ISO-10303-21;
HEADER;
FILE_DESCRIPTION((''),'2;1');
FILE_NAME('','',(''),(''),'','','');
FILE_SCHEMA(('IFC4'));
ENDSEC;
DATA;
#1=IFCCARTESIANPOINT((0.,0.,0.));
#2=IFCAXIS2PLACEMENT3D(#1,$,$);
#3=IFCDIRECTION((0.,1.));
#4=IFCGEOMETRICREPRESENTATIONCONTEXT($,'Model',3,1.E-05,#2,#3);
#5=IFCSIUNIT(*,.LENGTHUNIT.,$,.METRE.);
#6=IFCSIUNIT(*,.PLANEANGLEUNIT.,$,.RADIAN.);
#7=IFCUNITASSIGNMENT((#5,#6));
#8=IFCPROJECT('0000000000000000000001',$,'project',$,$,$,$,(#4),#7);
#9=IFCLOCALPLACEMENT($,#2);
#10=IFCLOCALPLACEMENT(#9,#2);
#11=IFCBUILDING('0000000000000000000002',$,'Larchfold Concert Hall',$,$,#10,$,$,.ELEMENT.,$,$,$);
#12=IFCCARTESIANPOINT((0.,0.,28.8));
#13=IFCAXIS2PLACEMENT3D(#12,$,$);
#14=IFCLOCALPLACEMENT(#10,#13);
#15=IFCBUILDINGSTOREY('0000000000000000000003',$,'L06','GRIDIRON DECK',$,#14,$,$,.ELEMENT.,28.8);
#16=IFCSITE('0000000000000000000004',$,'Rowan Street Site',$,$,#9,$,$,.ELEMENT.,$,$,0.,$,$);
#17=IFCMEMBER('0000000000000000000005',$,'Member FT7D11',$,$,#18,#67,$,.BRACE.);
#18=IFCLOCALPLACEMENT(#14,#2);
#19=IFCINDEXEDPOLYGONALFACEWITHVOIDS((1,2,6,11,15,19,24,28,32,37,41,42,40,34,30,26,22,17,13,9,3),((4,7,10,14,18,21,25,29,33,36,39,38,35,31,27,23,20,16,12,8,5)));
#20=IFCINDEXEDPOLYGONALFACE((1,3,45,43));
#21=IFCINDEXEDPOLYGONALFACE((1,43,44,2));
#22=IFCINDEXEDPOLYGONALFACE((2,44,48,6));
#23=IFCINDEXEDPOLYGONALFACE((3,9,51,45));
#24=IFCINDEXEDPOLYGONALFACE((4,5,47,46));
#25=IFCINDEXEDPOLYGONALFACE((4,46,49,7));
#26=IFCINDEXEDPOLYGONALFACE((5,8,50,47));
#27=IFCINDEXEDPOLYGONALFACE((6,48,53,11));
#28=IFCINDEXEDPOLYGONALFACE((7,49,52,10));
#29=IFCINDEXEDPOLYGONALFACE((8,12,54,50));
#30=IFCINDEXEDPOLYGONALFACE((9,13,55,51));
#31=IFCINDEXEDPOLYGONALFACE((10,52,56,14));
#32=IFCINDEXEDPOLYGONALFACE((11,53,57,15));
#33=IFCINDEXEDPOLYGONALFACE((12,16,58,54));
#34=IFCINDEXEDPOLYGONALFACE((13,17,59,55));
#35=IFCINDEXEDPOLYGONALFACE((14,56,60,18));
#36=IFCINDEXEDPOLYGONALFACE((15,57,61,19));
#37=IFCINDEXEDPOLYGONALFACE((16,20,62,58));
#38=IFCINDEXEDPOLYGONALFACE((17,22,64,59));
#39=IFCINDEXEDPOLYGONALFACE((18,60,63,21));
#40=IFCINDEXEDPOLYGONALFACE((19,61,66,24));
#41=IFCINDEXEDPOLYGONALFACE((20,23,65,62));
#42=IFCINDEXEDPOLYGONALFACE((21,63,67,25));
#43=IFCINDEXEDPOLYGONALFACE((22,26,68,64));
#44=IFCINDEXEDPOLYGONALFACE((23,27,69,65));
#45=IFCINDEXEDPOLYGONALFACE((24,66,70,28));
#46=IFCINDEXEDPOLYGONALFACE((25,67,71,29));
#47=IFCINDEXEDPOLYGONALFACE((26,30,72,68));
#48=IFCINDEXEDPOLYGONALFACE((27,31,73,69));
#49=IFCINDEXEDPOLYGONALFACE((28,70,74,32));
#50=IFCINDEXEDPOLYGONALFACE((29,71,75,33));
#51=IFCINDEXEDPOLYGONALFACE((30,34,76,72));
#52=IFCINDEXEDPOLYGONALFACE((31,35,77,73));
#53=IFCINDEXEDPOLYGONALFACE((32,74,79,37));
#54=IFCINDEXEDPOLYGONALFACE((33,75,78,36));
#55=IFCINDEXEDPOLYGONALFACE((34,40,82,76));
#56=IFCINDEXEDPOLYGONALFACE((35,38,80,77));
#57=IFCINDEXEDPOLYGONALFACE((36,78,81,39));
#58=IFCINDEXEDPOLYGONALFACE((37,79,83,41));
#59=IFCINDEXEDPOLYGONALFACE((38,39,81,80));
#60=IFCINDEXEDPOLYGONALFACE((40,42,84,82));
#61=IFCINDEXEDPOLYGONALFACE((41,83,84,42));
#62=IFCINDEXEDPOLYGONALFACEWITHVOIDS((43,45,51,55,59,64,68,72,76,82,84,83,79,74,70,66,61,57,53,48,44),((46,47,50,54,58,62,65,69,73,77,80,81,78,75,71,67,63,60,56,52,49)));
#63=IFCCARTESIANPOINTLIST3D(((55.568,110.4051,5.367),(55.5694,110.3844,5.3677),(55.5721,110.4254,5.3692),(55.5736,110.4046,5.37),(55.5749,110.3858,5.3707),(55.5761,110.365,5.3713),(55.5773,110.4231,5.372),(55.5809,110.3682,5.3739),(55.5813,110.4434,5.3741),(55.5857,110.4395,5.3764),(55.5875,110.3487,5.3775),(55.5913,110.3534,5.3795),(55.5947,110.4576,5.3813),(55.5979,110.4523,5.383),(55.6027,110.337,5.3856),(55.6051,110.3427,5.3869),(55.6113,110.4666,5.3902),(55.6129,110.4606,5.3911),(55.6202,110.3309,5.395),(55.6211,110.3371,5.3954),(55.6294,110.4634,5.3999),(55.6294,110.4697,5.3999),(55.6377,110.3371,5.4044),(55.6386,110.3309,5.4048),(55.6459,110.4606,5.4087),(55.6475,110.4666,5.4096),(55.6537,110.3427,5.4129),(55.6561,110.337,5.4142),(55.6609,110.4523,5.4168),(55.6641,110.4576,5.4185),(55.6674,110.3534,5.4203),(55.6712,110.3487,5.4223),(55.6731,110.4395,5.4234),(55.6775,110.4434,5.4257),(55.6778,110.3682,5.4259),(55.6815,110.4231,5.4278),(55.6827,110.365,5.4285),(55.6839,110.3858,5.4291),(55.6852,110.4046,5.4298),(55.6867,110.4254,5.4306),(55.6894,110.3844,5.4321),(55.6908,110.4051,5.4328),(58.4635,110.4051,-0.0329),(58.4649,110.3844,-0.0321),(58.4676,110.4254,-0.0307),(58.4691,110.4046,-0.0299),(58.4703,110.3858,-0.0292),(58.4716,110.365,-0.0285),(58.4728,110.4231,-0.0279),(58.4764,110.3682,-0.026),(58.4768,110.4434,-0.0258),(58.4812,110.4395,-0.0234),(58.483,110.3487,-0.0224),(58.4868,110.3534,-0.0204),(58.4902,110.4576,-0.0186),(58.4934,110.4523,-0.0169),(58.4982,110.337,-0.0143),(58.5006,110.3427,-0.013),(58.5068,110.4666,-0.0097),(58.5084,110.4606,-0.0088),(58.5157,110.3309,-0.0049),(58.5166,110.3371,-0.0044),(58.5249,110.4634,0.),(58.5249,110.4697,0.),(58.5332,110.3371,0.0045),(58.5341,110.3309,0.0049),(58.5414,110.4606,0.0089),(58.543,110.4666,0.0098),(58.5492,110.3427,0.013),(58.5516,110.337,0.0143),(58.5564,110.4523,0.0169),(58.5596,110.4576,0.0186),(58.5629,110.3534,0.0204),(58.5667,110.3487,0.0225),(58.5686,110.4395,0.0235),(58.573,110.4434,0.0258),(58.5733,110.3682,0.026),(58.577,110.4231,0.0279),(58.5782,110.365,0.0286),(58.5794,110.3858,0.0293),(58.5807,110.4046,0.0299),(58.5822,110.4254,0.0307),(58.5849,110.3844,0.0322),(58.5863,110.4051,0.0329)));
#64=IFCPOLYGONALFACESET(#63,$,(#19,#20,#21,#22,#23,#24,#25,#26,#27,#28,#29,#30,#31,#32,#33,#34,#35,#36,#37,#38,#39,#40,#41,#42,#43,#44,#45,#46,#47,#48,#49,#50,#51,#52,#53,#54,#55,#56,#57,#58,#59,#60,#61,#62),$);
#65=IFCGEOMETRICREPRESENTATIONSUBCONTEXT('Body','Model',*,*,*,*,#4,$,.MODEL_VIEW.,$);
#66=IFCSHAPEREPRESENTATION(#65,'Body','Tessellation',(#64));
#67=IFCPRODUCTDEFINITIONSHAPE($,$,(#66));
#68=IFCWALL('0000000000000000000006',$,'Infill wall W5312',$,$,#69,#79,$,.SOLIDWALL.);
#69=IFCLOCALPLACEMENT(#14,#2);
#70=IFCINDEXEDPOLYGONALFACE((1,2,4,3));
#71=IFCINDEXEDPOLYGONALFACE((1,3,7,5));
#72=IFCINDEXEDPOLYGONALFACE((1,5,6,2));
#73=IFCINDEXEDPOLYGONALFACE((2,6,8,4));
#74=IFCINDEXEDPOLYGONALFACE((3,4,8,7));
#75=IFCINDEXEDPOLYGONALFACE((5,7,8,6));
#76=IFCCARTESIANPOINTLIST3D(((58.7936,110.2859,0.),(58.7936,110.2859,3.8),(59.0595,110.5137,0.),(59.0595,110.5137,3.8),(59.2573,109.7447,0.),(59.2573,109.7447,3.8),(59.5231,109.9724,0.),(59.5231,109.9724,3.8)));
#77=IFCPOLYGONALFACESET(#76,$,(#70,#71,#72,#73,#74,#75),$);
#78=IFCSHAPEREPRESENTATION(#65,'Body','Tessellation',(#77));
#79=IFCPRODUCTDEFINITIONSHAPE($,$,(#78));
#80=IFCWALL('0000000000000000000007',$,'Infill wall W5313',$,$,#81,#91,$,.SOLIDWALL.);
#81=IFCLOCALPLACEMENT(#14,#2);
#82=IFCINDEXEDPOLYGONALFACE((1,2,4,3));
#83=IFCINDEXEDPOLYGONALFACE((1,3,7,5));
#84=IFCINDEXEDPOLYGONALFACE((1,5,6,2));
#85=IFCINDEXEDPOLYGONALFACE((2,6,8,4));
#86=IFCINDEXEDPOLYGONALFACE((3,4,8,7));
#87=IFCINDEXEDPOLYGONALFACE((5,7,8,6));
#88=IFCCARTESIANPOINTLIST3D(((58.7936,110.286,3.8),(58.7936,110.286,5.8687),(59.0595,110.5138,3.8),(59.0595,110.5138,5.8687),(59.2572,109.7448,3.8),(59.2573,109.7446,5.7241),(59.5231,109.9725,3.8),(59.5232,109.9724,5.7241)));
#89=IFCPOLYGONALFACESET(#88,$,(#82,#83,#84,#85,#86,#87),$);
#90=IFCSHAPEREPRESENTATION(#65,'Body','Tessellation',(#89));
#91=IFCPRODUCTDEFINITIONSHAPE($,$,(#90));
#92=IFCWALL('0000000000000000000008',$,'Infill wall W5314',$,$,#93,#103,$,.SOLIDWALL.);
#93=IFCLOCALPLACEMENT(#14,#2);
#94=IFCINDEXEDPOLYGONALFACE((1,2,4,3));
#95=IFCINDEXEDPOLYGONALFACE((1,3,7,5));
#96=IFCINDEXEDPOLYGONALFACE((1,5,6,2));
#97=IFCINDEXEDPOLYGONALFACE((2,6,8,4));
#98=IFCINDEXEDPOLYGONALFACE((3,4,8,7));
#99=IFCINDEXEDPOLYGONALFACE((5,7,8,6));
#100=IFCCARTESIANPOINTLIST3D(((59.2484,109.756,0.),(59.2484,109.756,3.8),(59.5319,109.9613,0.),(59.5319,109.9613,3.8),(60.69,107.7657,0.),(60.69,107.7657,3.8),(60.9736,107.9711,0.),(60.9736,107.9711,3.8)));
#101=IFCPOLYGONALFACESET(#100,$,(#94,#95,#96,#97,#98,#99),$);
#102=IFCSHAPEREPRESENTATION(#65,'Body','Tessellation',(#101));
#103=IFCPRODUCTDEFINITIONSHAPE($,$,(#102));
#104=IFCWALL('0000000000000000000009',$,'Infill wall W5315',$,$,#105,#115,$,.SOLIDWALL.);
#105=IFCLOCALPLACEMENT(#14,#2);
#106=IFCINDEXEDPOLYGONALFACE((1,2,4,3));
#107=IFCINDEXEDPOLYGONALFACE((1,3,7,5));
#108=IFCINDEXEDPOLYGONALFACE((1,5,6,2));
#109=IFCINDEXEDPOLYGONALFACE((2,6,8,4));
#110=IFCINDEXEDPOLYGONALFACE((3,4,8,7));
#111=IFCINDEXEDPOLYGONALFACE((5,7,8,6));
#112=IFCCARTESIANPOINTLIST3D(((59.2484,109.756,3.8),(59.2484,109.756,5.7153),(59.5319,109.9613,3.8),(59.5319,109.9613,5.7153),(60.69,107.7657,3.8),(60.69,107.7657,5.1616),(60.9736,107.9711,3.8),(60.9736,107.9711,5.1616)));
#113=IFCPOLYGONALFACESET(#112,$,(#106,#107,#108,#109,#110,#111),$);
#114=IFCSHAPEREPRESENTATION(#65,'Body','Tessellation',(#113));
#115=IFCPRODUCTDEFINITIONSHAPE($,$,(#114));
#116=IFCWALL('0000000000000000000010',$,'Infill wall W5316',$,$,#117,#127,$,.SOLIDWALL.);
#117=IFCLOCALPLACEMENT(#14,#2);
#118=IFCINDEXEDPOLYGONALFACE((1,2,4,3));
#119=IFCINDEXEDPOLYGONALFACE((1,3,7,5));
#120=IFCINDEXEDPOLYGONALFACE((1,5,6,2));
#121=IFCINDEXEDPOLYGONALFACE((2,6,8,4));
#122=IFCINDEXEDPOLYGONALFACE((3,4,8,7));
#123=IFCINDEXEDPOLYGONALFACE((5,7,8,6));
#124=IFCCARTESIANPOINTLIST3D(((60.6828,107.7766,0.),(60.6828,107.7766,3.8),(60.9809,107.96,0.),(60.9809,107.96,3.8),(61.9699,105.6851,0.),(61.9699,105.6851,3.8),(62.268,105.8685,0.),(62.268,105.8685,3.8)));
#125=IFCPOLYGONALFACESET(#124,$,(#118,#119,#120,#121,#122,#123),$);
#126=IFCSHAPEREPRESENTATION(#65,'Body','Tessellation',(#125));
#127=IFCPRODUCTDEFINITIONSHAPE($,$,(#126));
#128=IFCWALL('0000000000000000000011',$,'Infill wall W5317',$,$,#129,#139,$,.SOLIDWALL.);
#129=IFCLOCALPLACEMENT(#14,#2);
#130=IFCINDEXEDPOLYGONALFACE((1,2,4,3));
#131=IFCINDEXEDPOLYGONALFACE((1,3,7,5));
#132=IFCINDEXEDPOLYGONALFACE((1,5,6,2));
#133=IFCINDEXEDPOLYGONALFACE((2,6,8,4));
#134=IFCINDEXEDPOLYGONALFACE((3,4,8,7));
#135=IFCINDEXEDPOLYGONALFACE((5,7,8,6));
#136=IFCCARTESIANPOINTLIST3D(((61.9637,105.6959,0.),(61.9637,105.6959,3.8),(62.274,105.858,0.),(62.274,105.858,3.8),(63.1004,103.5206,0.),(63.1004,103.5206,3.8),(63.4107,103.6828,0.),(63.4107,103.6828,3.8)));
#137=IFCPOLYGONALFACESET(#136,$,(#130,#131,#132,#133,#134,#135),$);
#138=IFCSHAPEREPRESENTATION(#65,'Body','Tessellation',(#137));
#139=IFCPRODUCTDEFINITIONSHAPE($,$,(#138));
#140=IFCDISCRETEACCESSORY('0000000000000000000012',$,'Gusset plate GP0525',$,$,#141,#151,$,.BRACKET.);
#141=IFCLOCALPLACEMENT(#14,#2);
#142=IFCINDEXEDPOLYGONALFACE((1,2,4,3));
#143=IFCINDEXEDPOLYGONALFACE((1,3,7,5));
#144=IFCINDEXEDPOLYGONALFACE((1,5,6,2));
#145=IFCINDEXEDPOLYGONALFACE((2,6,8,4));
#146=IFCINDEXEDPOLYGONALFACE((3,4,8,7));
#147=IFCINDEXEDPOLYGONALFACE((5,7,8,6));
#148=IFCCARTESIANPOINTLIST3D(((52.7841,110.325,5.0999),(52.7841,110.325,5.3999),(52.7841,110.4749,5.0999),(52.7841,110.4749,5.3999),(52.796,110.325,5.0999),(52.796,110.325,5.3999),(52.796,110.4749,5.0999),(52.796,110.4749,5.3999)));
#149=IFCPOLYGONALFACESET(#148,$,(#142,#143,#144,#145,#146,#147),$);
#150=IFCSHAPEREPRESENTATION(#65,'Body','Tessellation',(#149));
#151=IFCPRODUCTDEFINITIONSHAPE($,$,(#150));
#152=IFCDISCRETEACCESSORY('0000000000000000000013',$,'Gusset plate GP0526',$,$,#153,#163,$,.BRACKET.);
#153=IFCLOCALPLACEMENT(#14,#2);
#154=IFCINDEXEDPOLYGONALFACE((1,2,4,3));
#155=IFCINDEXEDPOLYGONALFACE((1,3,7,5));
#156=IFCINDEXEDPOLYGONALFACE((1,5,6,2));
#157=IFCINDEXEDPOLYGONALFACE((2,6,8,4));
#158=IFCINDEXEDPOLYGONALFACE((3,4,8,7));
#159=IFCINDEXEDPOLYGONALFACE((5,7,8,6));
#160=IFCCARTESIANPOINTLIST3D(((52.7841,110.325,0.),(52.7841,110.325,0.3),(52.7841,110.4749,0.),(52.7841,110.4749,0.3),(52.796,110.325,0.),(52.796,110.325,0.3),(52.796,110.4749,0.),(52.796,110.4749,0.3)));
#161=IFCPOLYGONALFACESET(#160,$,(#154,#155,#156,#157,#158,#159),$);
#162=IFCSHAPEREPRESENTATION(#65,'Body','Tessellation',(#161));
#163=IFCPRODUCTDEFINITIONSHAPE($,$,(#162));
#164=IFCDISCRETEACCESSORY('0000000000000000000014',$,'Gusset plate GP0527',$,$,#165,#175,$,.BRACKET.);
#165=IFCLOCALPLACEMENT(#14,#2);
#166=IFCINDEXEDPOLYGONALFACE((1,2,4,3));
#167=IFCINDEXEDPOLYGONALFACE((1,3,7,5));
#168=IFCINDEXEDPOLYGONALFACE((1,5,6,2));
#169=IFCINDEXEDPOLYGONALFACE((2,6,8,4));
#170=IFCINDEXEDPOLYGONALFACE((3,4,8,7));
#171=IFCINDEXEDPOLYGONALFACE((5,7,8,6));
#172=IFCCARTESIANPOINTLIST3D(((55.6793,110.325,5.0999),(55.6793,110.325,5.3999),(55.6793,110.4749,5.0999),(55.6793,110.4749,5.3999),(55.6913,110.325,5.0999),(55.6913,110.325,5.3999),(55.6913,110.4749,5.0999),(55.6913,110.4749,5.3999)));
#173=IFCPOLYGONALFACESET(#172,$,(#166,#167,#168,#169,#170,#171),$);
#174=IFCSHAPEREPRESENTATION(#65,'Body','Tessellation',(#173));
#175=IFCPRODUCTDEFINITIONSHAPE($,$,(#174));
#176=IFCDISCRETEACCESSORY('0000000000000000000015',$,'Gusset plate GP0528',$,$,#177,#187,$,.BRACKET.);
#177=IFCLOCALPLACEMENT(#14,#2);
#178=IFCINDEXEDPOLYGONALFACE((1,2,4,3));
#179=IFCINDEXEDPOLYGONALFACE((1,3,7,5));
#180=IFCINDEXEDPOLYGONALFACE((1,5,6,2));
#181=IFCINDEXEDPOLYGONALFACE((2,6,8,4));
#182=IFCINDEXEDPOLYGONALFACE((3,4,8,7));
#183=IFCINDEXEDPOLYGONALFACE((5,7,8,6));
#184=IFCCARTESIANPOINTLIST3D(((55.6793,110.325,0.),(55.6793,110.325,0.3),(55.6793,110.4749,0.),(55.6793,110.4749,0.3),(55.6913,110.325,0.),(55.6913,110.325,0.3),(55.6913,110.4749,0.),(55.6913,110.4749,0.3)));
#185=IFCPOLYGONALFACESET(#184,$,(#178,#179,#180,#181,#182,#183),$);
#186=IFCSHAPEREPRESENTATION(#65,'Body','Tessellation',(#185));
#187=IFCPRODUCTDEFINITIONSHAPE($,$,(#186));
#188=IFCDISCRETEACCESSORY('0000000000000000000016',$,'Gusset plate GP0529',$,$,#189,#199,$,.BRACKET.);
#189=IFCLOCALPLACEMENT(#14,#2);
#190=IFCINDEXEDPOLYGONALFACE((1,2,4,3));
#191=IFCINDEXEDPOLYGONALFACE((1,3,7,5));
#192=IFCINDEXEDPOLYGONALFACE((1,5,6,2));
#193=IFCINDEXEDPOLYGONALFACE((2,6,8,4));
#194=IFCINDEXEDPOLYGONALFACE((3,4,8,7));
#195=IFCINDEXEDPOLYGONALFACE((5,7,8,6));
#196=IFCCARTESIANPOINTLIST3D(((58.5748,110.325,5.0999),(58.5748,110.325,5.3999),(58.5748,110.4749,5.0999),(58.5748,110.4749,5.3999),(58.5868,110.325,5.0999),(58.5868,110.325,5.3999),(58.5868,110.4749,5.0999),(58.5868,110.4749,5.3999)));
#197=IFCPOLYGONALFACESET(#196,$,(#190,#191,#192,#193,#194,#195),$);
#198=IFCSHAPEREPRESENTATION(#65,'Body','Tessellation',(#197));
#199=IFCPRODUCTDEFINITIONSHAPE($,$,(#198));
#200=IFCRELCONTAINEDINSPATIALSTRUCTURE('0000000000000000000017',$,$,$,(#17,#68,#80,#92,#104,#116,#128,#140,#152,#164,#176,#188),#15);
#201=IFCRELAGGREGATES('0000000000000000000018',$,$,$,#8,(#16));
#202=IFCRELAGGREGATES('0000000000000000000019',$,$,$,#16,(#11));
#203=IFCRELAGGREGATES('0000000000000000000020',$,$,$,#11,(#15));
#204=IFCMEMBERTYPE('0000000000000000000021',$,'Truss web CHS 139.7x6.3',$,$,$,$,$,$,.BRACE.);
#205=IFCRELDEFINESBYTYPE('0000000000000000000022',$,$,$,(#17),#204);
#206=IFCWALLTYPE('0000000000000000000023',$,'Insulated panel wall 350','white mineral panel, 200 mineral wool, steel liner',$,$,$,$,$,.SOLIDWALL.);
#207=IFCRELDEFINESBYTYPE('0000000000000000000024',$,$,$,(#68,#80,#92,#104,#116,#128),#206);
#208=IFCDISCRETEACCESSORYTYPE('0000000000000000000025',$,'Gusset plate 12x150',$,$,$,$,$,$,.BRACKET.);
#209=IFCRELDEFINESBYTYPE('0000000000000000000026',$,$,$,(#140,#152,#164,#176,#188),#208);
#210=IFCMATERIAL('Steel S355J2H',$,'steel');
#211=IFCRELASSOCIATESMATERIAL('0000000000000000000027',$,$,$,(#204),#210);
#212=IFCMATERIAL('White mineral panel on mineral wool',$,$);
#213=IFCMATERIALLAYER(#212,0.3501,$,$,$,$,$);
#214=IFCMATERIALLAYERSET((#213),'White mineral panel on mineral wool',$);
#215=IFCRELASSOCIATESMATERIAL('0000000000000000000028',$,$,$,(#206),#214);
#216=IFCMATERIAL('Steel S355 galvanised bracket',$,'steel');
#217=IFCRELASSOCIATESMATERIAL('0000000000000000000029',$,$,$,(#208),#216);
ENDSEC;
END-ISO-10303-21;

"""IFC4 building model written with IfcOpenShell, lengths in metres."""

from ifc_helpers import new_model, si_unit, direction, frame, frame_2d, origin, origin_2d, place, context, subcontext, project, spatial, polyline, rectangle, hollow_circle, outline, extrude, material, layer, layer_set, material_profile, profile_set, type_object, element, save


model = new_model("IFC4")

# Units and contexts
model_context = context("Model", 3, precision=1e-05, world=origin(), true_north=direction((0.0, 1.0)))
body_context = subcontext(model_context, "Body", "Model", "MODEL_VIEW")
ifc_project = project(units=[si_unit("LENGTHUNIT", "METRE"), si_unit("PLANEANGLEUNIT", "RADIAN")], contexts=[model_context])

# Site, building, storey
site_placement = place(None, origin())
site = spatial("IfcSite", under=ifc_project, at=site_placement, Name="Rowan Street Site", CompositionType="ELEMENT", RefElevation=0.0)
building_placement = place(site_placement, origin())
building = spatial("IfcBuilding", under=site, at=building_placement, Name="Larchfold Concert Hall", CompositionType="ELEMENT")
storey_placement = place(building_placement, frame((0.0, 0.0, 28.8)))
storey = spatial("IfcBuildingStorey", under=building, at=storey_placement, Name="L06", Description="GRIDIRON DECK", CompositionType="ELEMENT", Elevation=28.8)

# Member
ifc_material_1 = material(Name="Steel S355J2H", Category="steel")
ifc_material_profile_1 = material_profile(ifc_material_1, hollow_circle(Radius=0.0698, WallThickness=0.0063, at=origin_2d()))
ifc_profile_set_1 = profile_set([ifc_material_profile_1], Name="Steel S355J2H")
member_type_1 = type_object("IfcMemberType", Name="Truss web CHS 139.7x6.3", PredefinedType="BRACE", material=ifc_profile_set_1)
for number, where, z_axis, x_axis, name in (
    (1, (55.6294, 110.3999, 5.3999), (0.472564, 0.0, -0.881296), (0.0, 1.0, 0.0), "Member FT7D11"),
):
    element("IfcMember", number, at=place(storey_placement, frame(where, z_axis=z_axis, x_axis=x_axis)), inside=storey, type_object=member_type_1, Name=name, PredefinedType="BRACE", context=body_context, shape_type="SweptSolid", body=[
        extrude(hollow_circle(Radius=0.0698, WallThickness=0.0063, at=origin_2d()), origin(), (0.0, 0.0, 1.0), 6.1272),
    ])

# Walls
ifc_material_2 = material(Name="White mineral panel on mineral wool")
ifc_layer_1 = layer(ifc_material_2, 0.3501)
ifc_layer_set_1 = layer_set([ifc_layer_1], Name="White mineral panel on mineral wool")
wall_type = type_object("IfcWallType", Name="Insulated panel wall 350", Description="white mineral panel, 200 mineral wool, steel liner", PredefinedType="SOLIDWALL", material=ifc_layer_set_1)
wall_1_placement = place(storey_placement, frame((58.9265, 110.3999, 0.0), z_axis=(0.0, 0.0, 1.0), x_axis=(0.650537, -0.759474, 0.0)))
element("IfcWall", 2, at=wall_1_placement, inside=storey, type_object=wall_type, Name="Infill wall W5312", PredefinedType="SOLIDWALL", context=body_context, shape_type="SweptSolid", body=[
    extrude(rectangle(XDim=0.7126, YDim=0.3501, at=frame_2d((0.3564, 0.0))), origin(), (0.0, 0.0, 1.0), 3.8),
])
wall_2_placement = place(storey_placement, frame((58.9265, 110.3999, 3.8), z_axis=(0.0, 0.0, 1.0), x_axis=(0.650537, -0.759474, 0.0)))
element("IfcWall", 3, at=wall_2_placement, inside=storey, type_object=wall_type, Name="Infill wall W5313", PredefinedType="SOLIDWALL", context=body_context, shape_type="SweptSolid", body=[
    extrude(outline(polyline([(0.0, 0.0), (0.7126, 0.0), (0.7129, 1.9241), (0.0, 2.0686), (0.0, 0.0)])), frame((0.0, 0.175, 0.0), z_axis=(0.0, -1.0, 0.0), x_axis=(1.0, 0.0, 0.0)), (0.0, 0.0, 1.0), 0.3501),
])
wall_3_placement = place(storey_placement, frame((59.3901, 109.8586, 0.0), z_axis=(0.0, 0.0, 1.0), x_axis=(0.586629, -0.809856, 0.0)))
element("IfcWall", 4, at=wall_3_placement, inside=storey, type_object=wall_type, Name="Infill wall W5314", PredefinedType="SOLIDWALL", context=body_context, shape_type="SweptSolid", body=[
    extrude(rectangle(XDim=2.4575, YDim=0.3501, at=frame_2d((1.2288, 0.0))), origin(), (0.0, 0.0, 1.0), 3.8),
])
wall_4_placement = place(storey_placement, frame((59.3901, 109.8586, 3.8), z_axis=(0.0, 0.0, 1.0), x_axis=(0.586629, -0.809856, 0.0)))
element("IfcWall", 5, at=wall_4_placement, inside=storey, type_object=wall_type, Name="Infill wall W5315", PredefinedType="SOLIDWALL", context=body_context, shape_type="SweptSolid", body=[
    extrude(outline(polyline([(0.0, 0.0), (2.4575, 0.0), (2.4575, 1.3616), (0.0, 1.9153), (0.0, 0.0)])), frame((0.0, 0.175, 0.0), z_axis=(0.0, -1.0, 0.0), x_axis=(1.0, 0.0, 0.0)), (0.0, 0.0, 1.0), 0.3501),
])
wall_5_placement = place(storey_placement, frame((60.8318, 107.8684, 0.0), z_axis=(0.0, 0.0, 1.0), x_axis=(0.524097, -0.851658, 0.0)))
element("IfcWall", 6, at=wall_5_placement, inside=storey, type_object=wall_type, Name="Infill wall W5316", PredefinedType="SOLIDWALL", context=body_context, shape_type="SweptSolid", body=[
    extrude(rectangle(XDim=2.4558, YDim=0.3501, at=frame_2d((1.228, 0.0))), origin(), (0.0, 0.0, 1.0), 3.8),
])
wall_6_placement = place(storey_placement, frame((62.1189, 105.7769, 0.0), z_axis=(0.0, 0.0, 1.0), x_axis=(0.463137, -0.886287, 0.0)))
element("IfcWall", 7, at=wall_6_placement, inside=storey, type_object=wall_type, Name="Infill wall W5317", PredefinedType="SOLIDWALL", context=body_context, shape_type="SweptSolid", body=[
    extrude(rectangle(XDim=2.4543, YDim=0.3501, at=frame_2d((1.2271, 0.0))), origin(), (0.0, 0.0, 1.0), 3.8),
])

# Discrete accessories
ifc_material_3 = material(Name="Steel S355 galvanised bracket", Category="steel")
ifc_material_profile_2 = material_profile(ifc_material_3, rectangle(XDim=0.012, YDim=0.1499, at=origin_2d()))
ifc_profile_set_2 = profile_set([ifc_material_profile_2], Name="Steel S355 galvanised bracket")
discrete_accessory_type = type_object("IfcDiscreteAccessoryType", Name="Gusset plate 12x150", PredefinedType="BRACKET", material=ifc_profile_set_2)
for number, where, z_axis, x_axis, name in (
    (8, (52.79, 110.3999, 5.3999), (0.0, 0.0, -1.0), (1.0, 0.0, 0.0), "Gusset plate GP0525"),
    (9, (52.79, 110.3999, 0.3), (0.0, 0.0, -1.0), (1.0, 0.0, 0.0), "Gusset plate GP0526"),
    (10, (55.6853, 110.3999, 5.3999), (0.0, 0.0, -1.0), (1.0, 0.0, 0.0), "Gusset plate GP0527"),
    (11, (55.6853, 110.3999, 0.3), (0.0, 0.0, -1.0), (1.0, 0.0, 0.0), "Gusset plate GP0528"),
    (12, (58.5808, 110.3999, 5.3999), (0.0, 0.0, -1.0), (1.0, 0.0, 0.0), "Gusset plate GP0529"),
):
    element("IfcDiscreteAccessory", number, at=place(storey_placement, frame(where, z_axis=z_axis, x_axis=x_axis)), inside=storey, type_object=discrete_accessory_type, Name=name, PredefinedType="BRACKET", context=body_context, shape_type="SweptSolid", body=[
        extrude(rectangle(XDim=0.012, YDim=0.1499, at=origin_2d()), origin(), (0.0, 0.0, 1.0), 0.3),
    ])

save(model, "model.ifc")
